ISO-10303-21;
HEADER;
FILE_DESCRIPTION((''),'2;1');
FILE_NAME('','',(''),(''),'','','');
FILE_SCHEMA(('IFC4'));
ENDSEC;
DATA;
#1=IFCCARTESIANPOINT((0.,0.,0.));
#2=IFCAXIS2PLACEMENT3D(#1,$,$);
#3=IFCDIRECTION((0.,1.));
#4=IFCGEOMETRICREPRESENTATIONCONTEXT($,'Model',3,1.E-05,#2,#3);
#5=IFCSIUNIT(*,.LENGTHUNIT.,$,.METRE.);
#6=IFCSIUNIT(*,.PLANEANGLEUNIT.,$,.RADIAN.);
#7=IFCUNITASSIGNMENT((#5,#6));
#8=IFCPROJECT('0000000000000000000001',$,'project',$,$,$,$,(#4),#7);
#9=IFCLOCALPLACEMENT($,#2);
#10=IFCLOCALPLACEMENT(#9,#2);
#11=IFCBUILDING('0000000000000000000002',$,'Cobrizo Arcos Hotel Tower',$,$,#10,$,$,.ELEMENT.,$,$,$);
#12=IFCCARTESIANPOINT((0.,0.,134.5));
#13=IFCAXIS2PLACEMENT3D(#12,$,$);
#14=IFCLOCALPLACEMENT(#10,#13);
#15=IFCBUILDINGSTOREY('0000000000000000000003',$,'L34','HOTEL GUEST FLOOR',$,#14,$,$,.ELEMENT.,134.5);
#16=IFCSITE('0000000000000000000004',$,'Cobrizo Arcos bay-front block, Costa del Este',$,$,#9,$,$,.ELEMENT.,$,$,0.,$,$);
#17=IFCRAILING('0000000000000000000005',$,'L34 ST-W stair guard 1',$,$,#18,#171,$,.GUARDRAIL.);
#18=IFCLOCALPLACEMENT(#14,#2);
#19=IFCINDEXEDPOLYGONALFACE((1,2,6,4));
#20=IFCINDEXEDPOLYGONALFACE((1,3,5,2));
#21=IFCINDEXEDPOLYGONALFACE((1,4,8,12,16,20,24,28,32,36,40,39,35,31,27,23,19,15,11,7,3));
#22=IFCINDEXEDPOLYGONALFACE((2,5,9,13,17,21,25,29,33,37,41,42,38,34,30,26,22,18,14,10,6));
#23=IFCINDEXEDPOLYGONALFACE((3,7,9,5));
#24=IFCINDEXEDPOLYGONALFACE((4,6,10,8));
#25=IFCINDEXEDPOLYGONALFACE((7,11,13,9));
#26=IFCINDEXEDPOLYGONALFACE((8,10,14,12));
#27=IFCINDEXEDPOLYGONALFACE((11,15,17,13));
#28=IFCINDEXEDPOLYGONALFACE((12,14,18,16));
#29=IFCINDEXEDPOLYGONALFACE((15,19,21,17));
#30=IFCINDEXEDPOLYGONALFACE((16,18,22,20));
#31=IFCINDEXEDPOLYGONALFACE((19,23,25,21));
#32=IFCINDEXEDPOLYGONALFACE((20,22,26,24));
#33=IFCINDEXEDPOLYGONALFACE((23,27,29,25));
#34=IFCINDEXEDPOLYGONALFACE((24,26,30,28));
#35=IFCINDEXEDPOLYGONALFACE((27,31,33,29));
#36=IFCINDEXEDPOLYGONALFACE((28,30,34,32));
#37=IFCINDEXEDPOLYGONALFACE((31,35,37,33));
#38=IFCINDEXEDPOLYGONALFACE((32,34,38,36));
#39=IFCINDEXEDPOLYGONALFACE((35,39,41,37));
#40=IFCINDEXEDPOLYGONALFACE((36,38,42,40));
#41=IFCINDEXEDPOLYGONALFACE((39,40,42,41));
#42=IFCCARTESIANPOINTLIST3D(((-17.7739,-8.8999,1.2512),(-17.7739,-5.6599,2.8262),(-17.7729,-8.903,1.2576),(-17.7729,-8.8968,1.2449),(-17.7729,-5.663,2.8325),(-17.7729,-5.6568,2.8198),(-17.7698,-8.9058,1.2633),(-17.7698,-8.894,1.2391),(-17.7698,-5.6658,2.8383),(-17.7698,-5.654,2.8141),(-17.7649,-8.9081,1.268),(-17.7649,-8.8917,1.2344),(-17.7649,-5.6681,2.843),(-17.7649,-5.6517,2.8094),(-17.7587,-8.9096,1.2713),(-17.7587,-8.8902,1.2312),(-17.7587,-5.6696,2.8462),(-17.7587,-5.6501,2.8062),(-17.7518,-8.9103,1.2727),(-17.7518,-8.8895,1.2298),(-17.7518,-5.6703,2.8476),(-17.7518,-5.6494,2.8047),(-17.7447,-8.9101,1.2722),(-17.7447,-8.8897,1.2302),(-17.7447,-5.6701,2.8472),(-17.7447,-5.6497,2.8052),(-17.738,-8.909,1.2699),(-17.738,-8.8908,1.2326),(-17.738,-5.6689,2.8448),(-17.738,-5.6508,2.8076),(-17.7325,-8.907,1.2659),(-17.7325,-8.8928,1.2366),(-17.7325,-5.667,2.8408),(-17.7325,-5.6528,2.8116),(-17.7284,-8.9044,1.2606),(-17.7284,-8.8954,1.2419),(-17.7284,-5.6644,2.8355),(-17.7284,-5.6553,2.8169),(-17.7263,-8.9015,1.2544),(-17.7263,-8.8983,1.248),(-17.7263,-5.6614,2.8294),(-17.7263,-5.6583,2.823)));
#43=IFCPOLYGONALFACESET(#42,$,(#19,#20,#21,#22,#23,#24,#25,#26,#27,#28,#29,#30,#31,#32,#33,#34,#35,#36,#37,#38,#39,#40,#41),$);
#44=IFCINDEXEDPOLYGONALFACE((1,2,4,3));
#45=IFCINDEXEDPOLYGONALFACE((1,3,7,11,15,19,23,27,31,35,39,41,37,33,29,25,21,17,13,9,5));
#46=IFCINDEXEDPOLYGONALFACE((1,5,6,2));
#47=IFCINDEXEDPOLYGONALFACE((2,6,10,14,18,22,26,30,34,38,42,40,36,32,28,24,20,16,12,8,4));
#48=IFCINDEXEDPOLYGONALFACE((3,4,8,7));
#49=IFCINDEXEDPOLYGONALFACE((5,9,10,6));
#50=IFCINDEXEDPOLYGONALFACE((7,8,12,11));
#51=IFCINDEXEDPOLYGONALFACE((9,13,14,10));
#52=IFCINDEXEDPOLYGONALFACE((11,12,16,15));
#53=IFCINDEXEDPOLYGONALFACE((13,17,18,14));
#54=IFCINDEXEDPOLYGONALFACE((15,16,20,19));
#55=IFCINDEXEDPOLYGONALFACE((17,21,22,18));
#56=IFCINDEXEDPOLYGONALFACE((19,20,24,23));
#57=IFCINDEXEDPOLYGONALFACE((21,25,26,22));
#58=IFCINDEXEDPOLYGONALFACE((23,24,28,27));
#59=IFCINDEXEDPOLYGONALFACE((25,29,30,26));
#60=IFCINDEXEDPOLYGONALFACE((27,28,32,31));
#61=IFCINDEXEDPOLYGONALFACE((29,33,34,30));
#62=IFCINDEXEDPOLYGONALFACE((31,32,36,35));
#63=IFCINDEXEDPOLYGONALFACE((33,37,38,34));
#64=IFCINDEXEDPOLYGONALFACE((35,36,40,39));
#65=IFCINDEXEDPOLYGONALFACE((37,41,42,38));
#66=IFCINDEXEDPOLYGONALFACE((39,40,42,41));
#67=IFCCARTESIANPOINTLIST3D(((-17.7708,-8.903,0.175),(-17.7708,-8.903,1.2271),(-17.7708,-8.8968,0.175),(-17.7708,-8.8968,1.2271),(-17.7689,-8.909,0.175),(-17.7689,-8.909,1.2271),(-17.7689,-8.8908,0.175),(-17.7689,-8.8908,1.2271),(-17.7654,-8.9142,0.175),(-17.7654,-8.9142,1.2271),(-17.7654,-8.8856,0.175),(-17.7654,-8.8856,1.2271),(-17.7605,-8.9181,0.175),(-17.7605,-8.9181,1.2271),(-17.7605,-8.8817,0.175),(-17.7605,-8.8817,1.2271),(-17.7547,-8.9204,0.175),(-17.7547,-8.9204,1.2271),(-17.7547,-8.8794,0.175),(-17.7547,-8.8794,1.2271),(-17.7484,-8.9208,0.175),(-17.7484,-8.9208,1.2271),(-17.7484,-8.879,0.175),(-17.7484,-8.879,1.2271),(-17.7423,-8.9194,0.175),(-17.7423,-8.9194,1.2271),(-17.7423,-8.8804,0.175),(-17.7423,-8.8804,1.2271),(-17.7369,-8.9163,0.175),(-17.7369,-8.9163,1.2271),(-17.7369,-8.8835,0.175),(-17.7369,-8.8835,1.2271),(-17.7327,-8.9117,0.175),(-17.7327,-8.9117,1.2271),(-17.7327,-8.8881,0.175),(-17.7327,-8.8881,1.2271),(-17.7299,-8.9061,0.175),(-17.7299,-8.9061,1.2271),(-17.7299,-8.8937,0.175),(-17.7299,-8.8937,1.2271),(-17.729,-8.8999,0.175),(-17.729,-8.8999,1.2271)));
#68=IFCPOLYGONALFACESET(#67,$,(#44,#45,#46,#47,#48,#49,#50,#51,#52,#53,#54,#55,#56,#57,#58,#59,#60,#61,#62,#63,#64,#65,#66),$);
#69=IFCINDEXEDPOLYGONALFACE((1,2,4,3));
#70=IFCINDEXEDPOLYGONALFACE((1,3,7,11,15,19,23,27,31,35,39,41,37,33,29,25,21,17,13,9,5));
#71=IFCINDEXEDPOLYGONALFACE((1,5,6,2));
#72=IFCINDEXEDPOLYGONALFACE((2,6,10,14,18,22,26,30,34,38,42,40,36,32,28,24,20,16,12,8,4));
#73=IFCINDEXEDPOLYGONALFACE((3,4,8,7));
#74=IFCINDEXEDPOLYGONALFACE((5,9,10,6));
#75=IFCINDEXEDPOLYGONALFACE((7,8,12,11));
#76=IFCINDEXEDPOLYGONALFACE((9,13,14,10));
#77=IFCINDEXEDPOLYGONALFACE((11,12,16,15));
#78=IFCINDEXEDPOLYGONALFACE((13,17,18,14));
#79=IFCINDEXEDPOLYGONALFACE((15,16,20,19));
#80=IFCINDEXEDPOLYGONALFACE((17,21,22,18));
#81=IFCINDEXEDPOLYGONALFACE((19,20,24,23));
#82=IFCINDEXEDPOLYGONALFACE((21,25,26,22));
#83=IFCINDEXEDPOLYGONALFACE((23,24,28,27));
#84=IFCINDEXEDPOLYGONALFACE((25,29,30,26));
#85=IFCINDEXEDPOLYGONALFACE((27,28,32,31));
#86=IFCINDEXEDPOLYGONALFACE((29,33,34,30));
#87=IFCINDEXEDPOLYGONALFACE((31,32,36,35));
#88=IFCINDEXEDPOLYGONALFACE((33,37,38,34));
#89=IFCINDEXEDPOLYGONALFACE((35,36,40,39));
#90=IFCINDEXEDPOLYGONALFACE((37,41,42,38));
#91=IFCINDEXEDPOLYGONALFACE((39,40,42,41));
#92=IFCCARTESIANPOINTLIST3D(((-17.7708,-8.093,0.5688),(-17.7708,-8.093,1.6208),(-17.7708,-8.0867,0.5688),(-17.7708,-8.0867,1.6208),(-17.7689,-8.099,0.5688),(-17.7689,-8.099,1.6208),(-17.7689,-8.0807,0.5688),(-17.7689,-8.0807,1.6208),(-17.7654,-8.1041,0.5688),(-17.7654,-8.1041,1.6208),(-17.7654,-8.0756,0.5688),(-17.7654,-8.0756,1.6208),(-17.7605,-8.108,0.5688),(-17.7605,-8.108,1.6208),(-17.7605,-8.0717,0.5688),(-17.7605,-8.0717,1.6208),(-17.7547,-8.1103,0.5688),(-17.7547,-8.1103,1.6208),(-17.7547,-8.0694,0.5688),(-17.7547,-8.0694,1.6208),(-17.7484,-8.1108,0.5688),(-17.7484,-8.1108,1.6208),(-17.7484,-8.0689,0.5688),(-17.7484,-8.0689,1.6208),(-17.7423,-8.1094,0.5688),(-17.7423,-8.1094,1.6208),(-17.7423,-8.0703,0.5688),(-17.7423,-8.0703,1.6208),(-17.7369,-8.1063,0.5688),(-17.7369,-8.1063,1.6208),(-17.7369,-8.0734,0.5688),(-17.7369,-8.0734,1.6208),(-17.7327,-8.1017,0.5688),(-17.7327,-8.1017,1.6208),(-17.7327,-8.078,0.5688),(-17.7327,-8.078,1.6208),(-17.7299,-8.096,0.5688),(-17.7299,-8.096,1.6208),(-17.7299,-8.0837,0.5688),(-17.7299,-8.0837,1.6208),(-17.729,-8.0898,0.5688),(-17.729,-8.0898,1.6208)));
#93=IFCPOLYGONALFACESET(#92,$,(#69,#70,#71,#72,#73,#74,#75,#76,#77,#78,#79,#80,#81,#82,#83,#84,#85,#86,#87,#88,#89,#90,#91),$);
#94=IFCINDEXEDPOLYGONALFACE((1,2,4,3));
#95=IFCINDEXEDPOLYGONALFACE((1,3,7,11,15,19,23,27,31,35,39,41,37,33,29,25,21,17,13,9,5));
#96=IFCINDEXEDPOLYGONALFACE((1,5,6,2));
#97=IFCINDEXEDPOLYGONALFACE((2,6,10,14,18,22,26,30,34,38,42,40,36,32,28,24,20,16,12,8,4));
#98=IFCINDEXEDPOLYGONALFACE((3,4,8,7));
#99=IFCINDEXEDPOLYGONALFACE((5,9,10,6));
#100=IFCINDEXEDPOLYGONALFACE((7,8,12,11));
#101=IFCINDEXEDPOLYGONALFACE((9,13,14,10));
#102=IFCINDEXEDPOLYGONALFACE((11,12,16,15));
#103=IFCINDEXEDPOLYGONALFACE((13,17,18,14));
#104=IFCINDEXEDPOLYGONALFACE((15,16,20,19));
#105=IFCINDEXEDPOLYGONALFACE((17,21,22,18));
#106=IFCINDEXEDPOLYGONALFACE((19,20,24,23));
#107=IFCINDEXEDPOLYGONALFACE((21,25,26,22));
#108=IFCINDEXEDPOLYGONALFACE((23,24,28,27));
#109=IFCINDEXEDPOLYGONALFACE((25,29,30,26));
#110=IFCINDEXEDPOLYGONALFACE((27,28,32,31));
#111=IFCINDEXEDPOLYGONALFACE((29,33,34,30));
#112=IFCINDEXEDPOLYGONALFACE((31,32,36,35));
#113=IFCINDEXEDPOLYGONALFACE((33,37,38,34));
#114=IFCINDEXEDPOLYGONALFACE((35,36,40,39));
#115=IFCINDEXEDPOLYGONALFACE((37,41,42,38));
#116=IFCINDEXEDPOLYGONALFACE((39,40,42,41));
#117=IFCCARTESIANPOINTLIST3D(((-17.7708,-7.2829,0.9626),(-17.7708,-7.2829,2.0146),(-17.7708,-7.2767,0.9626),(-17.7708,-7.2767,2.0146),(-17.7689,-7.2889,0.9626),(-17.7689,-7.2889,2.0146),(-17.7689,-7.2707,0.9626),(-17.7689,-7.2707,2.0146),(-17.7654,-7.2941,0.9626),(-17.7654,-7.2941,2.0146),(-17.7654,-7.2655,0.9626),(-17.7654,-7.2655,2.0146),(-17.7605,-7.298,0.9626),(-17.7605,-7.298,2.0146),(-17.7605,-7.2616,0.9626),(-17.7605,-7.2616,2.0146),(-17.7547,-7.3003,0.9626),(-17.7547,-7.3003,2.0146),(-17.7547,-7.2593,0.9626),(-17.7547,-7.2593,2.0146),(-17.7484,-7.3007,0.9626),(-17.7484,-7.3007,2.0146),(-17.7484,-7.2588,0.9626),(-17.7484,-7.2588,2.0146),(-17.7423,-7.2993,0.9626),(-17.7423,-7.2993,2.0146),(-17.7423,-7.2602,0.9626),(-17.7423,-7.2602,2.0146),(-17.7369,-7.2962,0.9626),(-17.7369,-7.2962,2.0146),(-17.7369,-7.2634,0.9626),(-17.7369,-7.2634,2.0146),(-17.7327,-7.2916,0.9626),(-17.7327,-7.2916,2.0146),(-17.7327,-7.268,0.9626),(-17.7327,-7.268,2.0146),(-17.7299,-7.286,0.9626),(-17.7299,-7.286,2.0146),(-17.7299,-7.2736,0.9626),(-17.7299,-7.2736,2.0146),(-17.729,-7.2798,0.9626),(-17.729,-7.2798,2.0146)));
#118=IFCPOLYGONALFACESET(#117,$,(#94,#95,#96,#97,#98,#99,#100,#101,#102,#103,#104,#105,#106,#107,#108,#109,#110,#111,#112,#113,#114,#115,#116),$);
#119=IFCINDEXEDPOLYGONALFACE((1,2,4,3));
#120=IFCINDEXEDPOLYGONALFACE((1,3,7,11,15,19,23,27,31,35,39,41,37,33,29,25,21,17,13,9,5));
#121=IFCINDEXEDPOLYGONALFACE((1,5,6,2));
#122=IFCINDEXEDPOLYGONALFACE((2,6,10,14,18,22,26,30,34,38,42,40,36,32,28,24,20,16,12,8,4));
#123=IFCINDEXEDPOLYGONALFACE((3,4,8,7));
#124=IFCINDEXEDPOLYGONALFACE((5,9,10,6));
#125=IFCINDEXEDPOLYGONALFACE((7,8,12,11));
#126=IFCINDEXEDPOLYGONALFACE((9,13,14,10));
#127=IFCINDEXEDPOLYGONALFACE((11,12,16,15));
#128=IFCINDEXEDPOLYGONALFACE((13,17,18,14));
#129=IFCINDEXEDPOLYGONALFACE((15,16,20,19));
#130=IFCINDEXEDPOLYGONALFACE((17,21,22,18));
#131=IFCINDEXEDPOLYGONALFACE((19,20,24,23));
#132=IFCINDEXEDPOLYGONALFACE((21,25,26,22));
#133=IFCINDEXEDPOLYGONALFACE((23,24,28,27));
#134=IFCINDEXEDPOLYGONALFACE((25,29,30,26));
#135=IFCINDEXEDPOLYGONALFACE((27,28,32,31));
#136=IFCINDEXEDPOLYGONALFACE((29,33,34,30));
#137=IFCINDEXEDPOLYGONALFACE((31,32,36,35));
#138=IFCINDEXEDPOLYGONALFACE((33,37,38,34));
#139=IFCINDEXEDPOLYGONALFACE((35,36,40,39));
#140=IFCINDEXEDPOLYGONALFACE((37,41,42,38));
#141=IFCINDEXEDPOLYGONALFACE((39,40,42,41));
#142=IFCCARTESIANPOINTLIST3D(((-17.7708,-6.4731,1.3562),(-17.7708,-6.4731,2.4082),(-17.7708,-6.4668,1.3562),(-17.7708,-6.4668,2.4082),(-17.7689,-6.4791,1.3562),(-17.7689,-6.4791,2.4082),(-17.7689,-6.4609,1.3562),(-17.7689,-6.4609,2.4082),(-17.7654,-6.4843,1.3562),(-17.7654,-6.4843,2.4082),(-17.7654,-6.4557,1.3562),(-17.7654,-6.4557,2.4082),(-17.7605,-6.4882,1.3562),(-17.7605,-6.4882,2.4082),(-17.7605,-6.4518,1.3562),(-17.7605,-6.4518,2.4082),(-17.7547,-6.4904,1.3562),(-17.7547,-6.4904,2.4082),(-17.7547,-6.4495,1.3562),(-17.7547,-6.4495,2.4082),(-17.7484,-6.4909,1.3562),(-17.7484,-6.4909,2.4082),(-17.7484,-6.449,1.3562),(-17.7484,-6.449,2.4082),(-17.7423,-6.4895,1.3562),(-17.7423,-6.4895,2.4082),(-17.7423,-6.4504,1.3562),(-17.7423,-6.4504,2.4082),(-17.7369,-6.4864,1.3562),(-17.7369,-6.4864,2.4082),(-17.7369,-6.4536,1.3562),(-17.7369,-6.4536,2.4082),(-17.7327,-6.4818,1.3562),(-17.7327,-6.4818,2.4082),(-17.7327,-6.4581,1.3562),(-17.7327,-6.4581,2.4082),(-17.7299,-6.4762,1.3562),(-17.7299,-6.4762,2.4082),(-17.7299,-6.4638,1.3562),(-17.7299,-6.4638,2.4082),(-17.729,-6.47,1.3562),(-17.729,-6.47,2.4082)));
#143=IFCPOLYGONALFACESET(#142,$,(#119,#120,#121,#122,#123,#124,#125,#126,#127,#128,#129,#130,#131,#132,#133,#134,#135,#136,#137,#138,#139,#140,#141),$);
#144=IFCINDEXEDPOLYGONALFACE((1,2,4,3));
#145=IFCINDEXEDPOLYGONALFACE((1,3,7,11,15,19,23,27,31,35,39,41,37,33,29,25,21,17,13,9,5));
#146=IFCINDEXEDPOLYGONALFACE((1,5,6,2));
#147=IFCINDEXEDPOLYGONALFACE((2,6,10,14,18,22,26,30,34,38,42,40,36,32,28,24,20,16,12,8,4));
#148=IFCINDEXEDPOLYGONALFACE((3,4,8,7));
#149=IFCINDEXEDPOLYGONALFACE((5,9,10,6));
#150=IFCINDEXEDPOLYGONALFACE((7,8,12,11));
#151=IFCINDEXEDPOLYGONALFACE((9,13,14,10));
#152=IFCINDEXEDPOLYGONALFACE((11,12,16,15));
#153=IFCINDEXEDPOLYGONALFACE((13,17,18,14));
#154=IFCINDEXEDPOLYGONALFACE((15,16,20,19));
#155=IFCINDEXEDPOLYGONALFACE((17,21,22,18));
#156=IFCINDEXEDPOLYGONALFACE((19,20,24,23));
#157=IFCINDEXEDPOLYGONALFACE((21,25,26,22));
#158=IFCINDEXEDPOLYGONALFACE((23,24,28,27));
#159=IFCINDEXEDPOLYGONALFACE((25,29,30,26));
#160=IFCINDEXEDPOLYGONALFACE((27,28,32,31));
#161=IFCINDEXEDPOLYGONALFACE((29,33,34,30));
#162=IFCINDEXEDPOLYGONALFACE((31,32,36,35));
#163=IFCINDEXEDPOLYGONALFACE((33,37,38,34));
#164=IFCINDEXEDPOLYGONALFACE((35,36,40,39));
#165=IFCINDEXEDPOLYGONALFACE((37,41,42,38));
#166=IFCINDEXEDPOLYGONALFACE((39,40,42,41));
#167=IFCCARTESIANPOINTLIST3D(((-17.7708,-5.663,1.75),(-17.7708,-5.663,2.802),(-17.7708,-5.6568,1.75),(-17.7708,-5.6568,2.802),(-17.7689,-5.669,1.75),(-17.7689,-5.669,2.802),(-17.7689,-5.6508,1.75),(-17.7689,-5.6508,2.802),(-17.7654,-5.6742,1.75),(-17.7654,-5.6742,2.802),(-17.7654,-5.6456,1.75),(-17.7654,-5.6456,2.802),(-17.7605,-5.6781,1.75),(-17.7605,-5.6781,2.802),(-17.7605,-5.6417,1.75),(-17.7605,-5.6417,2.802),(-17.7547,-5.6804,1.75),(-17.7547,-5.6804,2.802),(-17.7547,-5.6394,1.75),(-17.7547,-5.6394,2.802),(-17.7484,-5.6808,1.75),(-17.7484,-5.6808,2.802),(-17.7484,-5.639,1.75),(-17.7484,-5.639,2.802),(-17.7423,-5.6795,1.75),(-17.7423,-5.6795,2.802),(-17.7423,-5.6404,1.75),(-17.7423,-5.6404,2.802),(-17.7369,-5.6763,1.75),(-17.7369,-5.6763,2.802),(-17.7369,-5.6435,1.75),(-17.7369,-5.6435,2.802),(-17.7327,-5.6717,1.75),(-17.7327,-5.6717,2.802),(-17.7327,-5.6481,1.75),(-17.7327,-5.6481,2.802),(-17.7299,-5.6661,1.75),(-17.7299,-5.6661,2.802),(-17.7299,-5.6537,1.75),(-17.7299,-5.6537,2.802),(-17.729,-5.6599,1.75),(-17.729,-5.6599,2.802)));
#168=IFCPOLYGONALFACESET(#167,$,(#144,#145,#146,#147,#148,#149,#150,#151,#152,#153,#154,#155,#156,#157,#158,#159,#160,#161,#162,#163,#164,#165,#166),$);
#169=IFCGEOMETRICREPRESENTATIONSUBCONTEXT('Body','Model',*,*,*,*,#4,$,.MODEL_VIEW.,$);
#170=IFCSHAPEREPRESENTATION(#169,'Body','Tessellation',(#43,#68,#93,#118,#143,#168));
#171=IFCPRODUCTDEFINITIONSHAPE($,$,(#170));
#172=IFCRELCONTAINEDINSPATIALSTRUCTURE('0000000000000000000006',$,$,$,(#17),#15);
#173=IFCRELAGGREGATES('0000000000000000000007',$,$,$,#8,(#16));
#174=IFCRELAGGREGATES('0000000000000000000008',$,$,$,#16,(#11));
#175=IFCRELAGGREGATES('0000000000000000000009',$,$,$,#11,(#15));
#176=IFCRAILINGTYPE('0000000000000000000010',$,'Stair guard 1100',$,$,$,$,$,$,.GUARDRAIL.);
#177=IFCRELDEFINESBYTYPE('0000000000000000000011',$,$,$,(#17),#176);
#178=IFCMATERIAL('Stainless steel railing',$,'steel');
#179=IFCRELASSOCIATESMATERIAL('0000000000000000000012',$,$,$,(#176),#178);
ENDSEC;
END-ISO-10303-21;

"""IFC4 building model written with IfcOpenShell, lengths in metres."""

from ifc_helpers import new_model, si_unit, direction, frame, origin, origin_2d, place, context, subcontext, project, spatial, circle, extrude, material, type_object, element, save


model = new_model("IFC4")

# Units and contexts
model_context = context("Model", 3, precision=1e-05, world=origin(), true_north=direction((0.0, 1.0)))
body_context = subcontext(model_context, "Body", "Model", "MODEL_VIEW")
ifc_project = project(units=[si_unit("LENGTHUNIT", "METRE"), si_unit("PLANEANGLEUNIT", "RADIAN")], contexts=[model_context])

# Site, building, storey
site_placement = place(None, origin())
site = spatial("IfcSite", under=ifc_project, at=site_placement, Name="Cobrizo Arcos bay-front block, Costa del Este", CompositionType="ELEMENT", RefElevation=0.0)
building_placement = place(site_placement, origin())
building = spatial("IfcBuilding", under=site, at=building_placement, Name="Cobrizo Arcos Hotel Tower", CompositionType="ELEMENT")
storey_placement = place(building_placement, frame((0.0, 0.0, 134.5)))
storey = spatial("IfcBuildingStorey", under=building, at=storey_placement, Name="L34", Description="HOTEL GUEST FLOOR", CompositionType="ELEMENT", Elevation=134.5)

# Railing
ifc_material_1 = material(Name="Stainless steel railing", Category="steel")
railing_type_1 = type_object("IfcRailingType", Name="Stair guard 1100", PredefinedType="GUARDRAIL", material=ifc_material_1)
railing_1_placement = place(storey_placement, frame((-17.75, -8.8999, 0.175)))
element("IfcRailing", 1, at=railing_1_placement, inside=storey, type_object=railing_type_1, Name="L34 ST-W stair guard 1", PredefinedType="GUARDRAIL", context=body_context, shape_type="SweptSolid", body=[
    extrude(circle(Radius=0.0239, at=origin_2d()), frame((0.0, 0.0, 1.0762), z_axis=(0.0, 0.899373, 0.437183), x_axis=(-1.0, 0.0, 0.0)), (0.0, 0.0, 1.0), 3.6025),
    extrude(circle(Radius=0.021, at=origin_2d()), origin(), (0.0, 0.0, 1.0), 1.052),
    extrude(circle(Radius=0.021, at=origin_2d()), frame((0.0, 0.8101, 0.3938)), (0.0, 0.0, 1.0), 1.052),
    extrude(circle(Radius=0.021, at=origin_2d()), frame((0.0, 1.6201, 0.7876)), (0.0, 0.0, 1.0), 1.052),
    extrude(circle(Radius=0.021, at=origin_2d()), frame((0.0, 2.4299, 1.1812)), (0.0, 0.0, 1.0), 1.052),
    extrude(circle(Radius=0.021, at=origin_2d()), frame((0.0, 3.24, 1.575)), (0.0, 0.0, 1.0), 1.052),
])

save(model, "model.ifc")
